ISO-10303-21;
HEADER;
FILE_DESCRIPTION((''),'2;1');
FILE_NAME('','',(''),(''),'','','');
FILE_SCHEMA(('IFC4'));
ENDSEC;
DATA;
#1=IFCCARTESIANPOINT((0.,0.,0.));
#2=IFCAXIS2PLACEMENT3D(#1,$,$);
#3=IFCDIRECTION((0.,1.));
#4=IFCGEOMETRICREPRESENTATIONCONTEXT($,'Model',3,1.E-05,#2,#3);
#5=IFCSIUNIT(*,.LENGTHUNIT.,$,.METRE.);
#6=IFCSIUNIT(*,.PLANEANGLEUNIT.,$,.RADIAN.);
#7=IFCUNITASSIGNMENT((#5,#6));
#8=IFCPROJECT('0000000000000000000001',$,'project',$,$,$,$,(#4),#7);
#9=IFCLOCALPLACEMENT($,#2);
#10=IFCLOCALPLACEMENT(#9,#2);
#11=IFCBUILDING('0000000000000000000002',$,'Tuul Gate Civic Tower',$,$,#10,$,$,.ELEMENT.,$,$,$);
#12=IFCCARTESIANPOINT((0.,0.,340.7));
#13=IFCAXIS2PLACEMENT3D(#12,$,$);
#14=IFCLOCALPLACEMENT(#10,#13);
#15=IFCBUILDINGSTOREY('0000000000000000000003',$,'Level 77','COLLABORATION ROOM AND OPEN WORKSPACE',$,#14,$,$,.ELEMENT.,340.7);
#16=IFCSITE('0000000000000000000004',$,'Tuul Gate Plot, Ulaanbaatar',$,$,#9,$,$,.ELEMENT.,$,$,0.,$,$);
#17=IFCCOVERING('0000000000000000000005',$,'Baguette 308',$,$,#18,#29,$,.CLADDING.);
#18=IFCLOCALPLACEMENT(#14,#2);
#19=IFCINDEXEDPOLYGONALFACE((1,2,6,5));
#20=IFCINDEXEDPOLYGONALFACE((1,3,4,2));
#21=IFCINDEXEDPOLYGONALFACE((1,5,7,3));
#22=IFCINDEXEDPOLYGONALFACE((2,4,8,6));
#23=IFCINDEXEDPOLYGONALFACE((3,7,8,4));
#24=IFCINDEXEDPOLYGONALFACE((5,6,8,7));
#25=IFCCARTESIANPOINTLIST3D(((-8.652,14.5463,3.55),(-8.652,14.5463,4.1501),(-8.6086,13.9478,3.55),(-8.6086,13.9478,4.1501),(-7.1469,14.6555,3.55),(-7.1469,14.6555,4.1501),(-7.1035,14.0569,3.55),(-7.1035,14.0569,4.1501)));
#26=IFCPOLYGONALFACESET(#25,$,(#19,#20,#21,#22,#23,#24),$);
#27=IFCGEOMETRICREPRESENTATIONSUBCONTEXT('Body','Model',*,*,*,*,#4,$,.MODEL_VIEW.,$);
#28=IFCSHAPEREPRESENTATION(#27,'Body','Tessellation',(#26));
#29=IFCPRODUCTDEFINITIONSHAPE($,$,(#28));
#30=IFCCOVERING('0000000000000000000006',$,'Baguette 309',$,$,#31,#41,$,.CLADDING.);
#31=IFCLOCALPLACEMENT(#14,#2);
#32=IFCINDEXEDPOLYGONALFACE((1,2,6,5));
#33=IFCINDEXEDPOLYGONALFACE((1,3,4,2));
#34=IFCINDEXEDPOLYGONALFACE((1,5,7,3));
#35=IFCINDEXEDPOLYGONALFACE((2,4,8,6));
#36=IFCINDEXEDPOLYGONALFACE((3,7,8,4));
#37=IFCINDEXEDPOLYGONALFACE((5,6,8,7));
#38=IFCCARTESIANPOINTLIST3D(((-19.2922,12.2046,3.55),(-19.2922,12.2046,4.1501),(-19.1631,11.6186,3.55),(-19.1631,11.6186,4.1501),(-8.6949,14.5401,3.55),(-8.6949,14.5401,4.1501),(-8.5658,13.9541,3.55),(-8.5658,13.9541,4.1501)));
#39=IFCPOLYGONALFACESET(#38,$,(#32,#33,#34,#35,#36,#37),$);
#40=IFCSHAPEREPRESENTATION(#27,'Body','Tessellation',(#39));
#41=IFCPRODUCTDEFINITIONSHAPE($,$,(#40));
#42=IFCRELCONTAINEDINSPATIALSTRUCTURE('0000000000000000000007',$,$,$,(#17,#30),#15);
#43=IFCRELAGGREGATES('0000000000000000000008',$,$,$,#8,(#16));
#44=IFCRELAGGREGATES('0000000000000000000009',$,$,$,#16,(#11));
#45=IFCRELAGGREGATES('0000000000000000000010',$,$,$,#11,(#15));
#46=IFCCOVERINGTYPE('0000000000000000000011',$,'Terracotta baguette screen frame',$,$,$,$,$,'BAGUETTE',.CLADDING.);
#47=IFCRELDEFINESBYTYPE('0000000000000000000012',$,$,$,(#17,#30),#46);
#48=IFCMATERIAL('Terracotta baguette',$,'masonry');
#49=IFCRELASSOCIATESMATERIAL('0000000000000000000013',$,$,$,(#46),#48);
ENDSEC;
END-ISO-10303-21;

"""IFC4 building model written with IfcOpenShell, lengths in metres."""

from ifc_helpers import new_model, si_unit, direction, frame, origin, origin_2d, place, context, subcontext, project, spatial, rectangle, extrude, material, material_profile, profile_set, type_object, element, save


model = new_model("IFC4")

# Units and contexts
model_context = context("Model", 3, precision=1e-05, world=origin(), true_north=direction((0.0, 1.0)))
body_context = subcontext(model_context, "Body", "Model", "MODEL_VIEW")
ifc_project = project(units=[si_unit("LENGTHUNIT", "METRE"), si_unit("PLANEANGLEUNIT", "RADIAN")], contexts=[model_context])

# Site, building, storey
site_placement = place(None, origin())
site = spatial("IfcSite", under=ifc_project, at=site_placement, Name="Tuul Gate Plot, Ulaanbaatar", CompositionType="ELEMENT", RefElevation=0.0)
building_placement = place(site_placement, origin())
building = spatial("IfcBuilding", under=site, at=building_placement, Name="Tuul Gate Civic Tower", CompositionType="ELEMENT")
storey_placement = place(building_placement, frame((0.0, 0.0, 340.7)))
storey = spatial("IfcBuildingStorey", under=building, at=storey_placement, Name="Level 77", Description="COLLABORATION ROOM AND OPEN WORKSPACE", CompositionType="ELEMENT", Elevation=340.7)

# Coverings
ifc_material_1 = material(Name="Terracotta baguette", Category="masonry")
ifc_material_profile_1 = material_profile(ifc_material_1, rectangle(XDim=0.6001, YDim=0.6001, at=origin_2d()), Name="Terracotta baguette screen frame")
ifc_profile_set_1 = profile_set([ifc_material_profile_1], Name="Terracotta baguette")
covering_type = type_object("IfcCoveringType", Name="Terracotta baguette screen frame", ElementType="BAGUETTE", PredefinedType="CLADDING", material=ifc_profile_set_1)
covering_1_placement = place(storey_placement, frame((-7.1252, 14.3562, 3.8501), z_axis=(-0.997382, -0.072316, 0.0), x_axis=(0.072316, -0.997382, 0.0)))
element("IfcCovering", 1, at=covering_1_placement, inside=storey, type_object=covering_type, Name="Baguette 308", PredefinedType="CLADDING", context=body_context, shape_type="SweptSolid", body=[
    extrude(rectangle(XDim=0.6001, YDim=0.6001, at=origin_2d()), origin(), (0.0, 0.0, 1.0), 1.509),
])
covering_2_placement = place(storey_placement, frame((-8.6304, 14.2471, 3.8501), z_axis=(-0.976566, -0.21522, 0.0), x_axis=(0.21522, -0.976566, 0.0)))
element("IfcCovering", 2, at=covering_2_placement, inside=storey, type_object=covering_type, Name="Baguette 309", PredefinedType="CLADDING", context=body_context, shape_type="SweptSolid", body=[
    extrude(rectangle(XDim=0.6001, YDim=0.6001, at=origin_2d()), origin(), (0.0, 0.0, 1.0), 10.8516),
])

save(model, "model.ifc")
